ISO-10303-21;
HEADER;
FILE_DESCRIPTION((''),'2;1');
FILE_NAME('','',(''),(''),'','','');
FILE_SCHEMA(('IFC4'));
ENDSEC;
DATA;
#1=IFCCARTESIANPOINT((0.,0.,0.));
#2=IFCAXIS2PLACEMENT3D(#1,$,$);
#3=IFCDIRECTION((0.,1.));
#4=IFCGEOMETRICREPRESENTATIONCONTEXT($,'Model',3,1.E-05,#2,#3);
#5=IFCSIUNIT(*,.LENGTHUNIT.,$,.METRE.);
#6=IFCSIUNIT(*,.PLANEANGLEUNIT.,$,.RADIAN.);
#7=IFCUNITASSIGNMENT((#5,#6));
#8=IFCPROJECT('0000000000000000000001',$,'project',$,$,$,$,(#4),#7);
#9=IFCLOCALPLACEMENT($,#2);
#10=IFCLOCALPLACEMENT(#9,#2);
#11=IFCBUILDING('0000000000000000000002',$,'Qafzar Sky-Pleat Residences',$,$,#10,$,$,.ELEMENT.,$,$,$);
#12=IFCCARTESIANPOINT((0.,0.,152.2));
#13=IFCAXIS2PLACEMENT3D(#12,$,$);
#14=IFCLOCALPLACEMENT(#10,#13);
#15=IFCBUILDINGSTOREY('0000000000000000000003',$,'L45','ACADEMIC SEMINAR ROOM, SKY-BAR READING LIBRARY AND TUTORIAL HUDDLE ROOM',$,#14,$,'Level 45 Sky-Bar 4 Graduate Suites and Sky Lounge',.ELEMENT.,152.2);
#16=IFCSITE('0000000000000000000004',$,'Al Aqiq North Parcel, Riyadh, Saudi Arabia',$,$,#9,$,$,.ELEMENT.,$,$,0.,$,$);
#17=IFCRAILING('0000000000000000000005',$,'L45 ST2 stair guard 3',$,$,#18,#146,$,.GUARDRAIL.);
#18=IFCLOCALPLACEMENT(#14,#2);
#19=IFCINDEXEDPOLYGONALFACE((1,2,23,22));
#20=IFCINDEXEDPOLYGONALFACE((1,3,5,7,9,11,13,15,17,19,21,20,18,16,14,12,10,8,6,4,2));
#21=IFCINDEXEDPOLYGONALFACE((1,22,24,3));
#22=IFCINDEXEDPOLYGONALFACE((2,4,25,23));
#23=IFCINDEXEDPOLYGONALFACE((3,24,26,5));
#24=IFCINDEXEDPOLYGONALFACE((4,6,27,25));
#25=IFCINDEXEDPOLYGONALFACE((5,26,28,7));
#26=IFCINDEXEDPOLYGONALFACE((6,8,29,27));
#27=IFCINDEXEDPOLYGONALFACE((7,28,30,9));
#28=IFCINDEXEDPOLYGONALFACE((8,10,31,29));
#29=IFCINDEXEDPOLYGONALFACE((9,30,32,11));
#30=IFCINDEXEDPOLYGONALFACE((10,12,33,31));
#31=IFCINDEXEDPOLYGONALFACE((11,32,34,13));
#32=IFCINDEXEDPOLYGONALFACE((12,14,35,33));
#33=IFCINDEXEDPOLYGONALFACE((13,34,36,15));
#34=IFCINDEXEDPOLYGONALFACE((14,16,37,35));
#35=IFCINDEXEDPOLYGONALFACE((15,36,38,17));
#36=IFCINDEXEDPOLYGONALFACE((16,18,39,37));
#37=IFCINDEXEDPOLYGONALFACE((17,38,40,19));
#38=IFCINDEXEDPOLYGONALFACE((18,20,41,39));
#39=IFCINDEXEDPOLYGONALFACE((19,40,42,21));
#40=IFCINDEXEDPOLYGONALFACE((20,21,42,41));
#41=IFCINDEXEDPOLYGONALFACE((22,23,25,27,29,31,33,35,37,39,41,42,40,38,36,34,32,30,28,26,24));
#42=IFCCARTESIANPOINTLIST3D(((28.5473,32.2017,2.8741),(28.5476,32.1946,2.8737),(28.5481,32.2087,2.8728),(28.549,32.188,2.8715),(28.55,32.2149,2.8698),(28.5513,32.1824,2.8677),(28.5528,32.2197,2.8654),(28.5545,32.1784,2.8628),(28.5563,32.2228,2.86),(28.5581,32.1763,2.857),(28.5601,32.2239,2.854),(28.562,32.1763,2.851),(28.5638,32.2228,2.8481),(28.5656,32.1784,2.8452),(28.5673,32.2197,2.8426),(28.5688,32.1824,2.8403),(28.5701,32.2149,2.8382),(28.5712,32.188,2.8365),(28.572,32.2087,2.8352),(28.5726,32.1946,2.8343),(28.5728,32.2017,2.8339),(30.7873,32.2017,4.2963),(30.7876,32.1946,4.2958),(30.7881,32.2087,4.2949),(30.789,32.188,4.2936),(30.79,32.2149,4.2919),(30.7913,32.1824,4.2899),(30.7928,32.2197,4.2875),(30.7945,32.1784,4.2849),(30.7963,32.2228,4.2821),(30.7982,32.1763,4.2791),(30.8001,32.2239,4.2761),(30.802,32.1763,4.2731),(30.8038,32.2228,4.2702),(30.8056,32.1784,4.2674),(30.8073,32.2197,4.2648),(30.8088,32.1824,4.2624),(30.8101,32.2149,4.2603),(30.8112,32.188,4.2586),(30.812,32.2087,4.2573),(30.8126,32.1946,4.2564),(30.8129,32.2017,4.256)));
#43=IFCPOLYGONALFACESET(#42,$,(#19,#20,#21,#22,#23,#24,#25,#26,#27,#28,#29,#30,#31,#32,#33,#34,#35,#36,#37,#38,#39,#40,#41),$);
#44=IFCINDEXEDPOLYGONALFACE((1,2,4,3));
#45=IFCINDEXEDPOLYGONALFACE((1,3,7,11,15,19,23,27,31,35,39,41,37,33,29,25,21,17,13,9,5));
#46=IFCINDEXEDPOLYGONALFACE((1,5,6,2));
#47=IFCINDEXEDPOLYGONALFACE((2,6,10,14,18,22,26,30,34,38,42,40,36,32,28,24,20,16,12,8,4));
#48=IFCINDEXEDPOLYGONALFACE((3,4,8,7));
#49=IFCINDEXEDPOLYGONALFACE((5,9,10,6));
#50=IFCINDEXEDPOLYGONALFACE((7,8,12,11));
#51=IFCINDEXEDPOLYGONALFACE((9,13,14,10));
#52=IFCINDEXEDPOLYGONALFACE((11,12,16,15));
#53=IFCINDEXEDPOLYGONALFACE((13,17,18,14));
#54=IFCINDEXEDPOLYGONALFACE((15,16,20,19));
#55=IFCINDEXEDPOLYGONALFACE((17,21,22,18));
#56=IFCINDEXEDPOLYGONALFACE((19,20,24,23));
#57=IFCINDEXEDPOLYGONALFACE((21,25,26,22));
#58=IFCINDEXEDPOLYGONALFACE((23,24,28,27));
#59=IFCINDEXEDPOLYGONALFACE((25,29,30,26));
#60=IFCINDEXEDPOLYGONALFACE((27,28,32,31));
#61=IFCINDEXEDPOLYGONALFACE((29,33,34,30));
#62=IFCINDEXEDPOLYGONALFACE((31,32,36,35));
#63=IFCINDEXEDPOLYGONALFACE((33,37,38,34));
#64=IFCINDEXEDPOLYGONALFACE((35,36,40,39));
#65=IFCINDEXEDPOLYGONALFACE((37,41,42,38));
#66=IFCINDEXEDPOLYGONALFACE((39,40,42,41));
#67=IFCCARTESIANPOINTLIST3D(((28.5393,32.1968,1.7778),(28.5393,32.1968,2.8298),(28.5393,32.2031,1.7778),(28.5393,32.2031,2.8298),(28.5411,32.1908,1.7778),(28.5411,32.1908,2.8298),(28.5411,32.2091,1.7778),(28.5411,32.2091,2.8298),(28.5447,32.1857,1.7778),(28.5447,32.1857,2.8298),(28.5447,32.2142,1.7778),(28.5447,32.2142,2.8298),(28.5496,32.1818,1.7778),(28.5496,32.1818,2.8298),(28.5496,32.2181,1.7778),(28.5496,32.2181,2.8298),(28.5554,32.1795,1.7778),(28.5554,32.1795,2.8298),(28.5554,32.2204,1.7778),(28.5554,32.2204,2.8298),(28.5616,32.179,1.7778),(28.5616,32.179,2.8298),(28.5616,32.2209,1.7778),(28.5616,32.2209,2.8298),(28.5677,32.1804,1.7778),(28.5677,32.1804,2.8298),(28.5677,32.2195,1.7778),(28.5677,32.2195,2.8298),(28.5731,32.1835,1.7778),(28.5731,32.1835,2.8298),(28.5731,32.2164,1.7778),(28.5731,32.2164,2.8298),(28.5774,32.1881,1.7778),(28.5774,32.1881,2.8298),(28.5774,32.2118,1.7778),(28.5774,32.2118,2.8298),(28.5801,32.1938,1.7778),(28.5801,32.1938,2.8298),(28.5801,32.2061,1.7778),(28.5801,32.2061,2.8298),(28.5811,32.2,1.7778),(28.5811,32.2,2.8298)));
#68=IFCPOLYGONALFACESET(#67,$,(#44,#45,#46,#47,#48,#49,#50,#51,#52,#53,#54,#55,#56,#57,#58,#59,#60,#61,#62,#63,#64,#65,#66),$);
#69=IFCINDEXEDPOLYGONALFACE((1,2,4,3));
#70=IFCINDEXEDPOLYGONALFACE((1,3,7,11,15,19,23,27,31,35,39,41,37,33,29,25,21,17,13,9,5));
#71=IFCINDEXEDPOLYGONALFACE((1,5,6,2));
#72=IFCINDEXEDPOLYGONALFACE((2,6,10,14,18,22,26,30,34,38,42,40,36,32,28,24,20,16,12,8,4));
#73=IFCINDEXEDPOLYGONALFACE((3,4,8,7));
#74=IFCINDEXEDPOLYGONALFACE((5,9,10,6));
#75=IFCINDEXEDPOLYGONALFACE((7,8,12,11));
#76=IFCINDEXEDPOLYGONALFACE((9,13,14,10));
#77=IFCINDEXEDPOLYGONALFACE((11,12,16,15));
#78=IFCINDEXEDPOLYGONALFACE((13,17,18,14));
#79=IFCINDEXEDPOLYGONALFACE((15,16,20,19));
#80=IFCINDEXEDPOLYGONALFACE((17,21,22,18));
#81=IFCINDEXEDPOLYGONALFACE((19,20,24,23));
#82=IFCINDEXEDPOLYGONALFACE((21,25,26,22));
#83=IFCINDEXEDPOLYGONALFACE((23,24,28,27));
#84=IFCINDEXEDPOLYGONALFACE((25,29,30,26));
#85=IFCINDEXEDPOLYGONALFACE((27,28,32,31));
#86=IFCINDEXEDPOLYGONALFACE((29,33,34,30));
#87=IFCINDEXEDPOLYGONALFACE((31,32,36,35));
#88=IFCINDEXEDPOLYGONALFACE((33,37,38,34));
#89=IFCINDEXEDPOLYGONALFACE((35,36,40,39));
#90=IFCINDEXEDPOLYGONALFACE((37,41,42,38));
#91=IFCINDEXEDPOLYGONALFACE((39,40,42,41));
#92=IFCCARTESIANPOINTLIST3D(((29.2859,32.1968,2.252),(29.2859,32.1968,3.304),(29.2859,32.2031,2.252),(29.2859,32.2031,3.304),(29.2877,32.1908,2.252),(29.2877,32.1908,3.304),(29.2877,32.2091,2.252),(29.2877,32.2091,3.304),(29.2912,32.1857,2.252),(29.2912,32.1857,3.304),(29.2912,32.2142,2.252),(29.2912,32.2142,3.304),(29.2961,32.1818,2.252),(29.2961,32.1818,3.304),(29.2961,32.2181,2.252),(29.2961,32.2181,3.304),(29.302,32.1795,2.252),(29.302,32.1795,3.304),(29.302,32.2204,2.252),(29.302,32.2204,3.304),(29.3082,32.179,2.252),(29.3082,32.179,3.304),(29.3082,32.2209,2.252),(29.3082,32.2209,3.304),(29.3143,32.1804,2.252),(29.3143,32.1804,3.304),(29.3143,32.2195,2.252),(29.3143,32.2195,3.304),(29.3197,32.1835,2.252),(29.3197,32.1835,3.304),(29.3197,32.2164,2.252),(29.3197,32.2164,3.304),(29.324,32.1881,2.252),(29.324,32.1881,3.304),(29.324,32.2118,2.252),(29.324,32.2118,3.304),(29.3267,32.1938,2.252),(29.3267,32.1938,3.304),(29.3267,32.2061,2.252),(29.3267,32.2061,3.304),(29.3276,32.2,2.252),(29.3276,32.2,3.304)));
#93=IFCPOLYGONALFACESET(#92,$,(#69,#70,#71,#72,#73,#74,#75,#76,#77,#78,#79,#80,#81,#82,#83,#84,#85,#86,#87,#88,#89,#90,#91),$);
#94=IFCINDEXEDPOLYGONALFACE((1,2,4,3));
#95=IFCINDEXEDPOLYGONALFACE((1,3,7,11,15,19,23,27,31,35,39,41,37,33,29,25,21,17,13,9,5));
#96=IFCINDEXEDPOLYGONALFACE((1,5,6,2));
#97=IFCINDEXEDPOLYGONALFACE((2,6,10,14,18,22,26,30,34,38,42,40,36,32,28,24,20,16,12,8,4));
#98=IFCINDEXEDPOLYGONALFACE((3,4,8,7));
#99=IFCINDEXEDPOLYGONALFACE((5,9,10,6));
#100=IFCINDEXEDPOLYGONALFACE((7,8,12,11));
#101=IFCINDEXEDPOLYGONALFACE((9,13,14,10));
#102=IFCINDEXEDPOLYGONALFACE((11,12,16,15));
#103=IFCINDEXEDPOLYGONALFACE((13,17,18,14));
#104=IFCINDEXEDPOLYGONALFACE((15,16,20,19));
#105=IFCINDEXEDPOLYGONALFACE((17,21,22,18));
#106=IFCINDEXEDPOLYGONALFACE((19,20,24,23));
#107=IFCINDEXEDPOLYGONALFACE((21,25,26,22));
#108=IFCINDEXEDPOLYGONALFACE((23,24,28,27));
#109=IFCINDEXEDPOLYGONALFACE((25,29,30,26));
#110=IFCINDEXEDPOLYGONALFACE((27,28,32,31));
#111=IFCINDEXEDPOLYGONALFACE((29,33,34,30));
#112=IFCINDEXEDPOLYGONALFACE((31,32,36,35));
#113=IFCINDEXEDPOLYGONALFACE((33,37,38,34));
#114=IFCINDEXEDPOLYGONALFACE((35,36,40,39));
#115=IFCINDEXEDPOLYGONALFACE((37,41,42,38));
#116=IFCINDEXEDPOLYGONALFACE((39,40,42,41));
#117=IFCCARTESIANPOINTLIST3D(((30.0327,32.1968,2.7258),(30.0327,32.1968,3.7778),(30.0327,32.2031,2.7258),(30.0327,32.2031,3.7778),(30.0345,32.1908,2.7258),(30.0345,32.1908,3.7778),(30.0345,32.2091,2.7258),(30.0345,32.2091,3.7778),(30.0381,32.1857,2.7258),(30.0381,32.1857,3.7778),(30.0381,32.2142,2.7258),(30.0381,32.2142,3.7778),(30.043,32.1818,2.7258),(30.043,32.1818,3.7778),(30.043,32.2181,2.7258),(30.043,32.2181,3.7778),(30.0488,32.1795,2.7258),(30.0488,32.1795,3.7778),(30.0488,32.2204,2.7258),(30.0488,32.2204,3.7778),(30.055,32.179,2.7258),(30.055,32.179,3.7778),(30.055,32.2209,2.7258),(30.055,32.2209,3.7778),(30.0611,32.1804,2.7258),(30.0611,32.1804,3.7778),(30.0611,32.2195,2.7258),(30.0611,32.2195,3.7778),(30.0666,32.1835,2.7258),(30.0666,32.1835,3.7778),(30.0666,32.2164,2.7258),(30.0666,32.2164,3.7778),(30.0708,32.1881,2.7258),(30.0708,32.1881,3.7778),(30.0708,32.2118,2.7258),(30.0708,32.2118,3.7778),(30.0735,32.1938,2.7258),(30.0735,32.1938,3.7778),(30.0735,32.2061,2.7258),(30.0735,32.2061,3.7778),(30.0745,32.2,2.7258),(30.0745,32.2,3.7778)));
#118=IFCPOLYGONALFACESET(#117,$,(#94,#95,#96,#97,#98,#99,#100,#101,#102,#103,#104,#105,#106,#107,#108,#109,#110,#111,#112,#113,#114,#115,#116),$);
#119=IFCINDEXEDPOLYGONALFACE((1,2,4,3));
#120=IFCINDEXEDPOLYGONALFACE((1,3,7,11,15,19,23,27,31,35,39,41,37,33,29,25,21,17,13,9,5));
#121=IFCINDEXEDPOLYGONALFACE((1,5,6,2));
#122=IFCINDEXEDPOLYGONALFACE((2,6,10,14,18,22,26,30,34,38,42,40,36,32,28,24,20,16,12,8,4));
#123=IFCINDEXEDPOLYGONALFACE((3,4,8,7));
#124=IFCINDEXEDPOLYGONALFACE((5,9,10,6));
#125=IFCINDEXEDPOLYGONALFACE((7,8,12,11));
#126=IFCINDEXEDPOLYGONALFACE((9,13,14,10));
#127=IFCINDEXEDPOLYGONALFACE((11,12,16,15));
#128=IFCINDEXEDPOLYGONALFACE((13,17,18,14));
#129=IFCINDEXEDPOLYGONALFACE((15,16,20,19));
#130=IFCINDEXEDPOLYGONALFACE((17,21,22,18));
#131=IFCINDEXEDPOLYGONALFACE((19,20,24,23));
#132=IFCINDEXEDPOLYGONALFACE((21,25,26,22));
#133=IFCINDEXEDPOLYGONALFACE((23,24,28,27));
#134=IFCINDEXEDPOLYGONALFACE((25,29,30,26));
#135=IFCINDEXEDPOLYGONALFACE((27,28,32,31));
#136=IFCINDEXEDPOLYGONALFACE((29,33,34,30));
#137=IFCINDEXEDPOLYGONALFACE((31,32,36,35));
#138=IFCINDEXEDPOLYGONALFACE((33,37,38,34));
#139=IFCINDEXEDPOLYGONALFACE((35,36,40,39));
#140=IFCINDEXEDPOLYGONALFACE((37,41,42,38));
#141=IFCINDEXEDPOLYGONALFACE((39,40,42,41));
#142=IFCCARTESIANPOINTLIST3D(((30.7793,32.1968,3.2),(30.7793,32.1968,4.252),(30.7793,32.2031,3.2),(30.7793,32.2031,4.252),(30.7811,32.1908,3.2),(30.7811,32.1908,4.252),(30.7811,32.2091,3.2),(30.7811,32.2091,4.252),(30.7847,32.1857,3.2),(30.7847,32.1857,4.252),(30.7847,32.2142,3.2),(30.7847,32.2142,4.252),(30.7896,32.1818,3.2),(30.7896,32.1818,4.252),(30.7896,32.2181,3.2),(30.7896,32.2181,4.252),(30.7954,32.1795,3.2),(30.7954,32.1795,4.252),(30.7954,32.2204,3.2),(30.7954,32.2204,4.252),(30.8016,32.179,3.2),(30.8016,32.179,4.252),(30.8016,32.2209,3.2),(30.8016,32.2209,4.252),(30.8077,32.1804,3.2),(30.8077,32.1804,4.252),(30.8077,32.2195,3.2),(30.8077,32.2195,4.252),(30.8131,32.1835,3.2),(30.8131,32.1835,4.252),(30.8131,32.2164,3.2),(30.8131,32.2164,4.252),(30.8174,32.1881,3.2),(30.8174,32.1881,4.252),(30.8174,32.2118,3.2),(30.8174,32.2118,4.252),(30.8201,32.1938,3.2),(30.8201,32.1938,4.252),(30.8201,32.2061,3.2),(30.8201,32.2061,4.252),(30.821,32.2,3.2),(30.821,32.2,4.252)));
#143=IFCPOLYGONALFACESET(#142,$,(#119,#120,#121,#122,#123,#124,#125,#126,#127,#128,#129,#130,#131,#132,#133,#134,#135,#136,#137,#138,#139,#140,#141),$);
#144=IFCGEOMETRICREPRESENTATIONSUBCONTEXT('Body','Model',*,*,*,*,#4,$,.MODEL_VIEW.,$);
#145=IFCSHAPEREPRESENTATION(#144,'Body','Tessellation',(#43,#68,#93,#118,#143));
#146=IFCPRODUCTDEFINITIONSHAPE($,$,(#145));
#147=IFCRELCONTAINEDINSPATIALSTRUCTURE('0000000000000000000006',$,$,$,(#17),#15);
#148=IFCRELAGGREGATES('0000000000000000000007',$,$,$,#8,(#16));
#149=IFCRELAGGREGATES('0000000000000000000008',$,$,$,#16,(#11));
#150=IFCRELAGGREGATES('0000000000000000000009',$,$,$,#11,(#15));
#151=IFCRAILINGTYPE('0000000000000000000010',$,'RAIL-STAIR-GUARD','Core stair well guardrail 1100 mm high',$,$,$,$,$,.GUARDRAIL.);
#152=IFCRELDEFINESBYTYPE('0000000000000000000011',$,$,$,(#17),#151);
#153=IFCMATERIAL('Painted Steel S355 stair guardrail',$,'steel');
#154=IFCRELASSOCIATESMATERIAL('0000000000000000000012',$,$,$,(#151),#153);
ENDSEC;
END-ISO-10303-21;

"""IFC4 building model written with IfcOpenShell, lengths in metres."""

from ifc_helpers import new_model, si_unit, direction, frame, origin, origin_2d, place, context, subcontext, project, spatial, circle, extrude, source, transform, mapped, material, type_object, element, save


model = new_model("IFC4")

# Units and contexts
model_context = context("Model", 3, precision=1e-05, world=origin(), true_north=direction((0.0, 1.0)))
body_context = subcontext(model_context, "Body", "Model", "MODEL_VIEW")
ifc_project = project(units=[si_unit("LENGTHUNIT", "METRE"), si_unit("PLANEANGLEUNIT", "RADIAN")], contexts=[model_context])

# Site, building, storey
site_placement = place(None, origin())
site = spatial("IfcSite", under=ifc_project, at=site_placement, Name="Al Aqiq North Parcel, Riyadh, Saudi Arabia", CompositionType="ELEMENT", RefElevation=0.0)
building_placement = place(site_placement, origin())
building = spatial("IfcBuilding", under=site, at=building_placement, Name="Qafzar Sky-Pleat Residences", CompositionType="ELEMENT")
storey_placement = place(building_placement, frame((0.0, 0.0, 152.2)))
storey = spatial("IfcBuildingStorey", under=building, at=storey_placement, Name="L45", Description="ACADEMIC SEMINAR ROOM, SKY-BAR READING LIBRARY AND TUTORIAL HUDDLE ROOM", LongName="Level 45 Sky-Bar 4 Graduate Suites and Sky Lounge", CompositionType="ELEMENT", Elevation=152.2)

# Railing
ifc_material_1 = material(Name="Painted Steel S355 stair guardrail", Category="steel")
railing_type_1 = type_object("IfcRailingType", Name="RAIL-STAIR-GUARD", Description="Core stair well guardrail 1100 mm high", PredefinedType="GUARDRAIL", material=ifc_material_1)
shared_shape_1 = source(origin(), body_context, "Body", "SweptSolid", [
    extrude(circle(Radius=0.0239, at=origin_2d()), frame((0.0, 0.0, 1.0762), z_axis=(0.844229, 0.0, 0.535982), x_axis=(0.0, 1.0, 0.0)), (0.0, 0.0, 1.0), 2.6533),
    extrude(circle(Radius=0.021, at=origin_2d()), origin(), (0.0, 0.0, 1.0), 1.052),
    extrude(circle(Radius=0.021, at=origin_2d()), frame((0.7466, 0.0, 0.4741)), (0.0, 0.0, 1.0), 1.052),
    extrude(circle(Radius=0.021, at=origin_2d()), frame((1.4934, 0.0, 0.948)), (0.0, 0.0, 1.0), 1.052),
    extrude(circle(Radius=0.021, at=origin_2d()), frame((2.24, 0.0, 1.4221)), (0.0, 0.0, 1.0), 1.052),
])
railing_1_placement = place(storey_placement, frame((28.5601, 32.2, 1.7778)))
element("IfcRailing", 1, at=railing_1_placement, inside=storey, type_object=railing_type_1, Name="L45 ST2 stair guard 3", PredefinedType="GUARDRAIL", context=body_context, shape_type="MappedRepresentation", body=[
    mapped(shared_shape_1, transform((0.0, 0.0, 0.0), x_axis=(1.0, 0.0, 0.0), y_axis=(0.0, 1.0, 0.0), z_axis=(0.0, 0.0, 1.0), scale=1.0)),
])

save(model, "model.ifc")
